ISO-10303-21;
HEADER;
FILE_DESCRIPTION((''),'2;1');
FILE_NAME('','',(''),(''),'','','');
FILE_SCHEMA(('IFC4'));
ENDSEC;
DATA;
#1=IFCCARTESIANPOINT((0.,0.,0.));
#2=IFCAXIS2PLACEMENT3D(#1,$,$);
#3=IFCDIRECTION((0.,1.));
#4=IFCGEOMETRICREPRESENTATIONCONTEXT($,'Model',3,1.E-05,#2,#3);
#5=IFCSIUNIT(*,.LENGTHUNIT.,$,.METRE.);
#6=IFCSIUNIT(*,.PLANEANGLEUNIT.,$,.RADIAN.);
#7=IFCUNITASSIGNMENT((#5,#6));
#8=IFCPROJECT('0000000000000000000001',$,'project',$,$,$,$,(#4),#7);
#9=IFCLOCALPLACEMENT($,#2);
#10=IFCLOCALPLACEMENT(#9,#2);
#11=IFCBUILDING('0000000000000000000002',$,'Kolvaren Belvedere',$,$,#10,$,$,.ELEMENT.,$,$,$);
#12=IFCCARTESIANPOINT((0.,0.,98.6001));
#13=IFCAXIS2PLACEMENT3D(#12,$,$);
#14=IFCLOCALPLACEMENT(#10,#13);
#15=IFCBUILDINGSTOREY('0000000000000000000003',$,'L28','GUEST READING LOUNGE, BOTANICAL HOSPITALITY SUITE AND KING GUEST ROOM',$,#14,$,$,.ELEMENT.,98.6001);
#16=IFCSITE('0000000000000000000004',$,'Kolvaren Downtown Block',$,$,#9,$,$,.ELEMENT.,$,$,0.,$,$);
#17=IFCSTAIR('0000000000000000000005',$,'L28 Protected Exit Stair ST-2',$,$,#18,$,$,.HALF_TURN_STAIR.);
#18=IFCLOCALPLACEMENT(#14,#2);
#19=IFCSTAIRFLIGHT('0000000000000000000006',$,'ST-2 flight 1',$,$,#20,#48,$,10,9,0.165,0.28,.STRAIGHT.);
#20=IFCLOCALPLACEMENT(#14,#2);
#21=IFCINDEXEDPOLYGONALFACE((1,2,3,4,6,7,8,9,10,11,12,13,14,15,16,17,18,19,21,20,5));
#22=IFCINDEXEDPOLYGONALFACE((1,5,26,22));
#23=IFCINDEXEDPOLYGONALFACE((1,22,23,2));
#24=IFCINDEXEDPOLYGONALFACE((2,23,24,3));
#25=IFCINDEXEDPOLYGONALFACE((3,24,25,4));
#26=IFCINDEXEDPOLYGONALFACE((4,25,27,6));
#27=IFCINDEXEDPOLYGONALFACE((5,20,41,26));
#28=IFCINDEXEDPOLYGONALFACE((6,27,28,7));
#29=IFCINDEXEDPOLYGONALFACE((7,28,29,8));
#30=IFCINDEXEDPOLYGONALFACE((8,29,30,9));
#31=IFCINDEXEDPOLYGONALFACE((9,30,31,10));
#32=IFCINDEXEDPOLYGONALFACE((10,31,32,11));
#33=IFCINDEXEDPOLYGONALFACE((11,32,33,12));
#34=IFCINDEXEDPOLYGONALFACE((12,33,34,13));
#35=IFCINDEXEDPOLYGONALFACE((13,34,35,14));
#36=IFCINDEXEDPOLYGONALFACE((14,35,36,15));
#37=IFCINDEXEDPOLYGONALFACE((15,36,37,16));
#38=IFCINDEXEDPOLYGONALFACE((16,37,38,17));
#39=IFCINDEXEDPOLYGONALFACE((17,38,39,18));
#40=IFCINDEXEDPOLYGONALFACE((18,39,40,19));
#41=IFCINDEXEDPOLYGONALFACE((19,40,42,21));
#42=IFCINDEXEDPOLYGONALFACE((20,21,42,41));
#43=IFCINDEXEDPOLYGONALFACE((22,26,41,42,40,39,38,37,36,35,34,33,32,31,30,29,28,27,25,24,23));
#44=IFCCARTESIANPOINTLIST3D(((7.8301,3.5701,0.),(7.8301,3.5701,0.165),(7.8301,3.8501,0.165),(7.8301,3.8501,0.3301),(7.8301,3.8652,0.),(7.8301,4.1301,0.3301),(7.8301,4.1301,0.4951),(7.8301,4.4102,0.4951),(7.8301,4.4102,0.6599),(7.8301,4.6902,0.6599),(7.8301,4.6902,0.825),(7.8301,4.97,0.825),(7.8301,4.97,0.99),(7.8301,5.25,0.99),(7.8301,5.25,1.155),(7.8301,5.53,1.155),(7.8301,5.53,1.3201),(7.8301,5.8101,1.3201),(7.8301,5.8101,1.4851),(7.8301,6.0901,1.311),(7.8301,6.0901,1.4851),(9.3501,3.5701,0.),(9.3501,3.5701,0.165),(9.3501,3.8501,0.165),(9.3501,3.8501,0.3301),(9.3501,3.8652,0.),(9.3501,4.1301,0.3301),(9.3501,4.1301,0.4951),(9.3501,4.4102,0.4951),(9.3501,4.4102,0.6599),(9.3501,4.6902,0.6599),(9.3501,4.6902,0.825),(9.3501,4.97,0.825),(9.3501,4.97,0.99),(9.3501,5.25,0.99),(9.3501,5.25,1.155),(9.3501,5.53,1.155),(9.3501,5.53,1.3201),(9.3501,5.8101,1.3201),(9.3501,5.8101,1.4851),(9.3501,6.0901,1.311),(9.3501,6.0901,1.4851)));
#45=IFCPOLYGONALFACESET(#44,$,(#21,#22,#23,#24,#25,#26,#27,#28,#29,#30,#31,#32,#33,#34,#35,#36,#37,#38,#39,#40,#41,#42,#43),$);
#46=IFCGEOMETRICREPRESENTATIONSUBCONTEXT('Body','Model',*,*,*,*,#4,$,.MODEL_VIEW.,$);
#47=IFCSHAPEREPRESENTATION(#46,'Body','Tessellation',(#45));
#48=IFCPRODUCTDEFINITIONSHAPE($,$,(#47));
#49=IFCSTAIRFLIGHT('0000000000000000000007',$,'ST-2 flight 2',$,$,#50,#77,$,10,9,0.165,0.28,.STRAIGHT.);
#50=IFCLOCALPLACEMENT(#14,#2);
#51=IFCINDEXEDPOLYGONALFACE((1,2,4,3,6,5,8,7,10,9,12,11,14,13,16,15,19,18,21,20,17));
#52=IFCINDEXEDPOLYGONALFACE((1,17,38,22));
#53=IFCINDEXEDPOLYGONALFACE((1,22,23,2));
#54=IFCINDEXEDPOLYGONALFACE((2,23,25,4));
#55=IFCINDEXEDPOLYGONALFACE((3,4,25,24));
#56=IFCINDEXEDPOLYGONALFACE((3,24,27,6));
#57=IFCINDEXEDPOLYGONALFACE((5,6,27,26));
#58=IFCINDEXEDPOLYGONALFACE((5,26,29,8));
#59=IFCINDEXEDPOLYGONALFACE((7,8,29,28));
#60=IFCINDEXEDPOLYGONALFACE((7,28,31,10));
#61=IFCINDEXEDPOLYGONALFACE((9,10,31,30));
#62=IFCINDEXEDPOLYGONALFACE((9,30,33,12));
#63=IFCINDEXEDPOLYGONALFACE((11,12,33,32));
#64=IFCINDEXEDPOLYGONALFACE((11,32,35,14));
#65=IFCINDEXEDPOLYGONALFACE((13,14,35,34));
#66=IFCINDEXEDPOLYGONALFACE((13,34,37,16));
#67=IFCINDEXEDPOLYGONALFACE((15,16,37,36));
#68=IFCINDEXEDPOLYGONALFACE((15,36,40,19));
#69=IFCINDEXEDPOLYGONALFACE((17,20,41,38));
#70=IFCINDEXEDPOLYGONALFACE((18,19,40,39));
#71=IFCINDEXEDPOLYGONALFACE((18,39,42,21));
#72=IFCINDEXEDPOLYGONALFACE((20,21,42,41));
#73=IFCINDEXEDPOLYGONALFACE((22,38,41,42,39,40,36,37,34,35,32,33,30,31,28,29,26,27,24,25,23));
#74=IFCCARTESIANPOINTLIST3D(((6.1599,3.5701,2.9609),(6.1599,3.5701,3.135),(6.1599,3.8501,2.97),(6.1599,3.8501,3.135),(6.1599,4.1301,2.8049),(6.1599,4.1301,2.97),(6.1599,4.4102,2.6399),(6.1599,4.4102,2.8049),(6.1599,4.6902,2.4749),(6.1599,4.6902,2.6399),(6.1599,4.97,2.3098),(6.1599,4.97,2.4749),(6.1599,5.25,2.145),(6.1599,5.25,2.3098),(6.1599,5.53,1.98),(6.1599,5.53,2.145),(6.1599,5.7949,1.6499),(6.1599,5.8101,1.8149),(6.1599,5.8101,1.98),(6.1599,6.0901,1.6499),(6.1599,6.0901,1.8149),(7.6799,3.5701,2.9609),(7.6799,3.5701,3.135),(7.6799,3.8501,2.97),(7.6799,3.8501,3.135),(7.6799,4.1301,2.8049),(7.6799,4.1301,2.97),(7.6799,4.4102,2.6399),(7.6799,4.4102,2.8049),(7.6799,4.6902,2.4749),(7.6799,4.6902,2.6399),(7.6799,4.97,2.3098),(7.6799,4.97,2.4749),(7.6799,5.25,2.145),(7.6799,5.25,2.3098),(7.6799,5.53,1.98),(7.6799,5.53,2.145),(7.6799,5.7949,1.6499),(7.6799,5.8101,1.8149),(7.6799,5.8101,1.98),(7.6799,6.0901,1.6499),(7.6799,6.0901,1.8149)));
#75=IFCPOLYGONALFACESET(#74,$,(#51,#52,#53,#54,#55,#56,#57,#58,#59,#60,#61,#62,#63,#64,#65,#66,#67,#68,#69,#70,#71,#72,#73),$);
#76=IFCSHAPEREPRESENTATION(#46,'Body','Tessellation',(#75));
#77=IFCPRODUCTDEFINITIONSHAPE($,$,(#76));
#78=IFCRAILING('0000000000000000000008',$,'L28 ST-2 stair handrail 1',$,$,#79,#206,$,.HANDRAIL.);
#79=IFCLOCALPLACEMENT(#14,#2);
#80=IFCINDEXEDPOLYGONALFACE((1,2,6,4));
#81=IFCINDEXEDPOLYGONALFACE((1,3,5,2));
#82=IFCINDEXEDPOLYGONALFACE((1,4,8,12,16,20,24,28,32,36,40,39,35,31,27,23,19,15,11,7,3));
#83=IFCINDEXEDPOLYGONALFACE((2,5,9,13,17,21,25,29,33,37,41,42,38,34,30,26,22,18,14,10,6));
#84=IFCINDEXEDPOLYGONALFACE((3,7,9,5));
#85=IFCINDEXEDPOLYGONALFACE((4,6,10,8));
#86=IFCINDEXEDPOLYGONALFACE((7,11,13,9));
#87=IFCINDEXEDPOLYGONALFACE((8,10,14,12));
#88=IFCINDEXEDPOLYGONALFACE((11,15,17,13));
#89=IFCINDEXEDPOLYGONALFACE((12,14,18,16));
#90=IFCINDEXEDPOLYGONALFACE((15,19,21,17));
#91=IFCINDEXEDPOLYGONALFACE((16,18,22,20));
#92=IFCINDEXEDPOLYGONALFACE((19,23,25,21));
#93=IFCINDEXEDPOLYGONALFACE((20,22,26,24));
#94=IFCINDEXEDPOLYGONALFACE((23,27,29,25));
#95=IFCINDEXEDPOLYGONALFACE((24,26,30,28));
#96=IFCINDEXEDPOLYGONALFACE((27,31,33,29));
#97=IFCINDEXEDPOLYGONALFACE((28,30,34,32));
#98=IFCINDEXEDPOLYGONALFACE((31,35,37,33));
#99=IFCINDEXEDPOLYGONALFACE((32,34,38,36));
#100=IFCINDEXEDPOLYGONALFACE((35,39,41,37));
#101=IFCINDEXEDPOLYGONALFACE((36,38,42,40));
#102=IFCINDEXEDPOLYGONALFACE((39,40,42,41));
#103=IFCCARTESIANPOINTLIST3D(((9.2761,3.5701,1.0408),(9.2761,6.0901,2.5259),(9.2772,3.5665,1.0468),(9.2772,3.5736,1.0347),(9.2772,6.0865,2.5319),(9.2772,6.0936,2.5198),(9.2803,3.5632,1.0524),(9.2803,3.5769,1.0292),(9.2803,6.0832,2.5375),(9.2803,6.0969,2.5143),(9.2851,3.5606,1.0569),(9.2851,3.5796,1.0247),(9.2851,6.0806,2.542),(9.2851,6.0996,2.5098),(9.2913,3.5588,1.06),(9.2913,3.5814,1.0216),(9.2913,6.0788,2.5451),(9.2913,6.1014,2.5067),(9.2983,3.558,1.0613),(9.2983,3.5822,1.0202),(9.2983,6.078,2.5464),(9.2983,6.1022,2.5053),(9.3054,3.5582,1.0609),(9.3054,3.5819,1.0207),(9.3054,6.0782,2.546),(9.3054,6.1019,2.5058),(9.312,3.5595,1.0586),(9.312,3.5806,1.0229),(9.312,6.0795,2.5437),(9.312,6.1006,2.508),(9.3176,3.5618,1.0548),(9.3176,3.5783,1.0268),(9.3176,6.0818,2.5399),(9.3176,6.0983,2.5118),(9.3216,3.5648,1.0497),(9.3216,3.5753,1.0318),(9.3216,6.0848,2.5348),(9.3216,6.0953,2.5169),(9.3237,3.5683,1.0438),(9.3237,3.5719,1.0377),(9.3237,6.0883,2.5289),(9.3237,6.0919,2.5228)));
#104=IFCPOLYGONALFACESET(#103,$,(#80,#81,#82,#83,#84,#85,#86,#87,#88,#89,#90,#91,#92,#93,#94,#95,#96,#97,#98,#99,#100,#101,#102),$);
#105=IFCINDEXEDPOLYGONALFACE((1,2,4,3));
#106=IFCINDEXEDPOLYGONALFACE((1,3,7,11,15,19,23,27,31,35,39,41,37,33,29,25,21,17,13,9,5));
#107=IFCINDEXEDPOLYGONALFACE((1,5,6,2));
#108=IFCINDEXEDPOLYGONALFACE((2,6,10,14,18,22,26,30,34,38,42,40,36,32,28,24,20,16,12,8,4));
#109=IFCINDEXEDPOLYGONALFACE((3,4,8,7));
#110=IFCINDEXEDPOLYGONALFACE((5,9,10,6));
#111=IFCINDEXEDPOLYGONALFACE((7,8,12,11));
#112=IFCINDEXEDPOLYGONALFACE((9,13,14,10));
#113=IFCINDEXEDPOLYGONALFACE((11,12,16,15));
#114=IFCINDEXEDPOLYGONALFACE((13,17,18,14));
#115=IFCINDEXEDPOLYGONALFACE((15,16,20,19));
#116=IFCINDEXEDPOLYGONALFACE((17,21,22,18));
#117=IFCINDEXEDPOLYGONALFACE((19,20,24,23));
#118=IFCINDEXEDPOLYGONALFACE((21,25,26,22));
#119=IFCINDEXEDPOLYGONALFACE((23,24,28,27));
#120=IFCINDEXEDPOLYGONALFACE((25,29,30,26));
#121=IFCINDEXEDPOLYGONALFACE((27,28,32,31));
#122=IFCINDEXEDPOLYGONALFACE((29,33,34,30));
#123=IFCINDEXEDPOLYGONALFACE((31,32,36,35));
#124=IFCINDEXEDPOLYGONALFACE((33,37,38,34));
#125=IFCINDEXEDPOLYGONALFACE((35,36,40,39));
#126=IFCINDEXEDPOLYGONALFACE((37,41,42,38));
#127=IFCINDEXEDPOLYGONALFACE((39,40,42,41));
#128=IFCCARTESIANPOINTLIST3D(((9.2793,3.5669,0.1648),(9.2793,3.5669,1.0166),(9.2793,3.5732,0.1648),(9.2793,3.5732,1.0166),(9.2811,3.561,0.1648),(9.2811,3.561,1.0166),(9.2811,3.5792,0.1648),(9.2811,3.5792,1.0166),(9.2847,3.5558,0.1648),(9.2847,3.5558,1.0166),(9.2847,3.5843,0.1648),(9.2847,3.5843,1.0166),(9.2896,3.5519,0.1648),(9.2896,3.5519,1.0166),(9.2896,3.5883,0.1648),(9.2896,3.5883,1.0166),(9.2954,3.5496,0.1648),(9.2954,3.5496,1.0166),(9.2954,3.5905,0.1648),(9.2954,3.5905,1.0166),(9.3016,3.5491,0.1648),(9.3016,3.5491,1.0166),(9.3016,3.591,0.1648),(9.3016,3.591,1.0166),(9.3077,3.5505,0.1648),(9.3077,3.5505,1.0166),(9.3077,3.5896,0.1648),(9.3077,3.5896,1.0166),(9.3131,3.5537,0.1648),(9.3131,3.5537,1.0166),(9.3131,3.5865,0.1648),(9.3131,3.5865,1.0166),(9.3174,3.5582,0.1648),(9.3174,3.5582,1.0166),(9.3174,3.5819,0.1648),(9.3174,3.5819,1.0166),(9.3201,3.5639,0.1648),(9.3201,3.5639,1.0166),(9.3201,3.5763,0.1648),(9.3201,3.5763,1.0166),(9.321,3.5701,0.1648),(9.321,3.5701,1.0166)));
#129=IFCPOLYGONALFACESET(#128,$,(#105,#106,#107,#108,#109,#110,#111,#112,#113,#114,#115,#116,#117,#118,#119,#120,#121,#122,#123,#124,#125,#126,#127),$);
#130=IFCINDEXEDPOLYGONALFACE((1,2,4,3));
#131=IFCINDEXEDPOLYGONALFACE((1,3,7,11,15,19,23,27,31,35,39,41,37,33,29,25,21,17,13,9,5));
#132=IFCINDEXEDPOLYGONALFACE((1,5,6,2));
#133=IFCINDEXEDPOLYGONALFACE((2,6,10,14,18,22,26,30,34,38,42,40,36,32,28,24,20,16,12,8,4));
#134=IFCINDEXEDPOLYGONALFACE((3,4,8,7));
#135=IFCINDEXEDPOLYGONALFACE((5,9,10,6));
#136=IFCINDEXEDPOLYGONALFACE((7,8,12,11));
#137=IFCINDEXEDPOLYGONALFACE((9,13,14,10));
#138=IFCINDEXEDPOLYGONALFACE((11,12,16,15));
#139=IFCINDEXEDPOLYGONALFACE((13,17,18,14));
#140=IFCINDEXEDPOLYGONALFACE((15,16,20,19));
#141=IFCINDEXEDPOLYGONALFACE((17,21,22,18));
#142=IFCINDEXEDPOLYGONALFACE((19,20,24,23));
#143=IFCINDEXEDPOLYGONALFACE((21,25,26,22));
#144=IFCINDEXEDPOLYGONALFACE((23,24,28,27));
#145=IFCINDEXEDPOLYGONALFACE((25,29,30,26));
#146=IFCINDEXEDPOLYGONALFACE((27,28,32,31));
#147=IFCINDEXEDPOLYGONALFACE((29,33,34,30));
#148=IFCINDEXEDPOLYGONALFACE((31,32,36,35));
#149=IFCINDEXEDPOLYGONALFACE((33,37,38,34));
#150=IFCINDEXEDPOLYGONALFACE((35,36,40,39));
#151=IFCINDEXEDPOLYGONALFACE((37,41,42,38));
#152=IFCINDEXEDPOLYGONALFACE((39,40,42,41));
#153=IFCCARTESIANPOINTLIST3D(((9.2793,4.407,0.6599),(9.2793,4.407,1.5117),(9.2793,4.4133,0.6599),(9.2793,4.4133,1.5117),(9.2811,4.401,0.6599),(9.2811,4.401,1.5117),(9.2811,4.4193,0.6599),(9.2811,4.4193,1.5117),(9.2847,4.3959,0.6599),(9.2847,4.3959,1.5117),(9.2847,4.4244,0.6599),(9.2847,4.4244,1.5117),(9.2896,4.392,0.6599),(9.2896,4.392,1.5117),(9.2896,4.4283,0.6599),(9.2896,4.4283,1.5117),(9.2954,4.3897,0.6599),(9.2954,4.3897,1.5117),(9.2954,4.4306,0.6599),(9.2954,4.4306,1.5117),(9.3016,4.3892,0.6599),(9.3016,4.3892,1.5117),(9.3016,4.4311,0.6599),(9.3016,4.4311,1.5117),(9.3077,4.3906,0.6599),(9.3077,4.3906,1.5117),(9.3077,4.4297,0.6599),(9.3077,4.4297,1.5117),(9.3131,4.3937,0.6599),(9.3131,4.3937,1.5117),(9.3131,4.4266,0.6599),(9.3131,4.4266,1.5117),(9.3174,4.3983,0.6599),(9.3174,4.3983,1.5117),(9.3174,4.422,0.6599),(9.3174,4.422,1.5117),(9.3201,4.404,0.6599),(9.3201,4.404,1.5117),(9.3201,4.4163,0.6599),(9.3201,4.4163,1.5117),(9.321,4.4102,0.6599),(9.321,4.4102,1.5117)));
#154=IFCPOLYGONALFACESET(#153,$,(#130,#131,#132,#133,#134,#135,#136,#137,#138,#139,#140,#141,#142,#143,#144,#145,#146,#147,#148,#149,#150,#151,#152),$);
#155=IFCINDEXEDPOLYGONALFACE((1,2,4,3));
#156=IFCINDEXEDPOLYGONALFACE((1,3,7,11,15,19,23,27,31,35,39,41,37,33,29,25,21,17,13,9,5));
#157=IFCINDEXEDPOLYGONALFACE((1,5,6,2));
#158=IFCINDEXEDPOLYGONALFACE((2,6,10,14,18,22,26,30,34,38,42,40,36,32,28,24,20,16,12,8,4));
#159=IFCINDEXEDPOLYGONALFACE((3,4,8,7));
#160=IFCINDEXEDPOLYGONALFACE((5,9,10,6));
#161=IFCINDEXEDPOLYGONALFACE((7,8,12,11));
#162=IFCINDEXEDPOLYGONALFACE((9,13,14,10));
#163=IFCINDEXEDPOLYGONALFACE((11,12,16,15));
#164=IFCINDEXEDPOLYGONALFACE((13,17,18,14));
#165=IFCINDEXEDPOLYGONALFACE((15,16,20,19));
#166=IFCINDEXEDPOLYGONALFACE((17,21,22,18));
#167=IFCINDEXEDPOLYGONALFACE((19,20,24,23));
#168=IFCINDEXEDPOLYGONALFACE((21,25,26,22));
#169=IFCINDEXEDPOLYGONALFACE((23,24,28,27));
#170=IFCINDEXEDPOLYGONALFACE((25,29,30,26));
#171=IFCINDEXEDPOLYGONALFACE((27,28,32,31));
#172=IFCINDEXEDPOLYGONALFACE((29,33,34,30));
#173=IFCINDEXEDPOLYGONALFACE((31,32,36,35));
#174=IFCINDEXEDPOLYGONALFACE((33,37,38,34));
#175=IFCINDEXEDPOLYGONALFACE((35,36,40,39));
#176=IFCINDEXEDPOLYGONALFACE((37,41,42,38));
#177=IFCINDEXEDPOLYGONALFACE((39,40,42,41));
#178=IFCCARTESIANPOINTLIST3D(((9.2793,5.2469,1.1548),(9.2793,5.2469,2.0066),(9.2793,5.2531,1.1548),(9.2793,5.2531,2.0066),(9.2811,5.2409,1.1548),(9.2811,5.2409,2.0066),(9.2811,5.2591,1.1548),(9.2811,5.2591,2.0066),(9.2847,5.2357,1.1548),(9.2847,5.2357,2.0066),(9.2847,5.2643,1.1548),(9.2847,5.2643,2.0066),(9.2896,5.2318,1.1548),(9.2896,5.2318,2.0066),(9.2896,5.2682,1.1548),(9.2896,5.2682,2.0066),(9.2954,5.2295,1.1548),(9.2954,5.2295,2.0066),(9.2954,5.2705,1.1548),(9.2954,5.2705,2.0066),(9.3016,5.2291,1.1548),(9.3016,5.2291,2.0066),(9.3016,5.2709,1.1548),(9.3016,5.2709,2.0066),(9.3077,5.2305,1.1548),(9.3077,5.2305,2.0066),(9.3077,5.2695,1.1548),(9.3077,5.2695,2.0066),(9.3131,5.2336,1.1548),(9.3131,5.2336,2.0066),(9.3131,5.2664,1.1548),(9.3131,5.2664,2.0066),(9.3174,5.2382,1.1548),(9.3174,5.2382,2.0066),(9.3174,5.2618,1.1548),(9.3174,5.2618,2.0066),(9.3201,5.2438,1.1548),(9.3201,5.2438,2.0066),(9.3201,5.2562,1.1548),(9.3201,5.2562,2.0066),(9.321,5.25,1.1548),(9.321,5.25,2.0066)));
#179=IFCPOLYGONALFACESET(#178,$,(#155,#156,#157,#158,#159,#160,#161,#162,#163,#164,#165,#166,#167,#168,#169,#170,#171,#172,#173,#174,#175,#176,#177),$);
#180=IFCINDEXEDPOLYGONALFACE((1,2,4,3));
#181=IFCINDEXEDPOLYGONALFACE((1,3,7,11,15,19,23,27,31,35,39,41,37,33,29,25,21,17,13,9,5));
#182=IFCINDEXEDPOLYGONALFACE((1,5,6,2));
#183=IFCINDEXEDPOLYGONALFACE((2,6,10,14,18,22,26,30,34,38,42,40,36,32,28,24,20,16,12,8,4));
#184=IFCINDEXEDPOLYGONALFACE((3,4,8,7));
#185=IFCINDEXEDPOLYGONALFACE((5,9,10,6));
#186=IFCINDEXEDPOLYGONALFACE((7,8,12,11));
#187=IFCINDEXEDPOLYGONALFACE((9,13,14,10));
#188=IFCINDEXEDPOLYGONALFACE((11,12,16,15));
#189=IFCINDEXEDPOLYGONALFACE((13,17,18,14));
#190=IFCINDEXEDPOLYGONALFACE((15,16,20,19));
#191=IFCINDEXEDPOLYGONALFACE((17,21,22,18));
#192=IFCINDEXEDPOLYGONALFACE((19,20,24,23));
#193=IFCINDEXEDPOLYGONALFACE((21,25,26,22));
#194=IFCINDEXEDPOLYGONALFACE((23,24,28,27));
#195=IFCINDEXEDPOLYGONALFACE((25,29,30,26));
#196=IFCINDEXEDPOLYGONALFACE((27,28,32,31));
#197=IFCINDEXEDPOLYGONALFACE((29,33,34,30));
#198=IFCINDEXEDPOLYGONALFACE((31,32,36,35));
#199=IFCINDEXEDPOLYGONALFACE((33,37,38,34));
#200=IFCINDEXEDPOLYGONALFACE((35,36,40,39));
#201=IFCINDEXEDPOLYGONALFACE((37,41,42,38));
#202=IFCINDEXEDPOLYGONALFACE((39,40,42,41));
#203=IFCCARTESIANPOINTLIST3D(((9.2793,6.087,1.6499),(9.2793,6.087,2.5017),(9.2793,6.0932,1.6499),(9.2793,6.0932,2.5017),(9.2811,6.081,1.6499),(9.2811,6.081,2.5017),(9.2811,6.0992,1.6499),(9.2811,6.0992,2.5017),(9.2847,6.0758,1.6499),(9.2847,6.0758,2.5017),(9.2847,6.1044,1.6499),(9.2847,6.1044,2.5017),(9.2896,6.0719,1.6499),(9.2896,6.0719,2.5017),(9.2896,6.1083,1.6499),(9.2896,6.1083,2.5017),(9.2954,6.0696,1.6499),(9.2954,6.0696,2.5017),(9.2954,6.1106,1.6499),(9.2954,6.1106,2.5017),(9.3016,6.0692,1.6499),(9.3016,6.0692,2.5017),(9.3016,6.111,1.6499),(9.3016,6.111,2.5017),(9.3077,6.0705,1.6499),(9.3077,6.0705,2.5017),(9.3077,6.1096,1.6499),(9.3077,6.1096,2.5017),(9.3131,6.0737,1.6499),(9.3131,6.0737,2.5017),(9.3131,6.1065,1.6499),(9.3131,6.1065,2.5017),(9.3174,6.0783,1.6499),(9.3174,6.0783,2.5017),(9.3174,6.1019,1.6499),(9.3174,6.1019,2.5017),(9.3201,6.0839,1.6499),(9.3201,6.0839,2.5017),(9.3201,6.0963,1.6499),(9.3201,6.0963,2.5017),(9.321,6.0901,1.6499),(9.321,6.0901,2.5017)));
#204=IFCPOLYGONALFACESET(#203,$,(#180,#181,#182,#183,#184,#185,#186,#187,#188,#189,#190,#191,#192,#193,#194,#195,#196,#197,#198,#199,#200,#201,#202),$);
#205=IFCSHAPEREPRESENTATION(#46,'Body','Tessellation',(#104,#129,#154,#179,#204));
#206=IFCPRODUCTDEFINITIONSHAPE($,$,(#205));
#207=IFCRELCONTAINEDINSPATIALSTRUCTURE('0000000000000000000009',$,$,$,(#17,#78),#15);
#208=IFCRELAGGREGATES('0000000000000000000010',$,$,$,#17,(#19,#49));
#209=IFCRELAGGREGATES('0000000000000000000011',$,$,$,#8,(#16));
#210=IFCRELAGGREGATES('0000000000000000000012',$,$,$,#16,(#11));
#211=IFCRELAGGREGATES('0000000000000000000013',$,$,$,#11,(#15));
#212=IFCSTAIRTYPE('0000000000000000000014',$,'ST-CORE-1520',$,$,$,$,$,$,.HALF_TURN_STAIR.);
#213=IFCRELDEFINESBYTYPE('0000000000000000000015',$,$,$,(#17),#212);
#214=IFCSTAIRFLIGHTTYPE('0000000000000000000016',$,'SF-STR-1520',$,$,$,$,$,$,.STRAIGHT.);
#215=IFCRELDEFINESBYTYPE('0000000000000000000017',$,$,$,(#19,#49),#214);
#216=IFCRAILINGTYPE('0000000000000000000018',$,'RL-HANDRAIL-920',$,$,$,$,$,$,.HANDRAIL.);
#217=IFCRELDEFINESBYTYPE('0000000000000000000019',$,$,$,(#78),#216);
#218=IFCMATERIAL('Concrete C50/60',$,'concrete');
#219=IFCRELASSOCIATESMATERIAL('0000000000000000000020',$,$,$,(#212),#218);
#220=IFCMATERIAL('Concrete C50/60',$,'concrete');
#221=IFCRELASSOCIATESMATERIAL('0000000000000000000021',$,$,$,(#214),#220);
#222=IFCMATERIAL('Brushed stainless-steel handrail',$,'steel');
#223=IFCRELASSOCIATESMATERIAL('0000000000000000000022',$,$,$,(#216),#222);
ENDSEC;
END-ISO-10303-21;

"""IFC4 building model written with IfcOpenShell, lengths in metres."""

from ifc_helpers import new_model, si_unit, direction, frame, origin, origin_2d, place, context, subcontext, project, spatial, polyline, circle, outline, extrude, material, type_object, element, aggregate, save


model = new_model("IFC4")

# Units and contexts
model_context = context("Model", 3, precision=1e-05, world=origin(), true_north=direction((0.0, 1.0)))
body_context = subcontext(model_context, "Body", "Model", "MODEL_VIEW")
ifc_project = project(units=[si_unit("LENGTHUNIT", "METRE"), si_unit("PLANEANGLEUNIT", "RADIAN")], contexts=[model_context])

# Site, building, storey
site_placement = place(None, origin())
site = spatial("IfcSite", under=ifc_project, at=site_placement, Name="Kolvaren Downtown Block", CompositionType="ELEMENT", RefElevation=0.0)
building_placement = place(site_placement, origin())
building = spatial("IfcBuilding", under=site, at=building_placement, Name="Kolvaren Belvedere", CompositionType="ELEMENT")
storey_placement = place(building_placement, frame((0.0, 0.0, 98.6001)))
storey = spatial("IfcBuildingStorey", under=building, at=storey_placement, Name="L28", Description="GUEST READING LOUNGE, BOTANICAL HOSPITALITY SUITE AND KING GUEST ROOM", CompositionType="ELEMENT", Elevation=98.6001)

# Stair, stair flights
ifc_material_1 = material(Name="Concrete C50/60", Category="concrete")
stair_type = type_object("IfcStairType", Name="ST-CORE-1520", PredefinedType="HALF_TURN_STAIR", material=ifc_material_1)
stair_placement = place(storey_placement, origin())
stair = element("IfcStair", 1, at=stair_placement, inside=storey, type_object=stair_type, Name="L28 Protected Exit Stair ST-2", PredefinedType="HALF_TURN_STAIR")
ifc_material_2 = material(Name="Concrete C50/60", Category="concrete")
stair_flight_type = type_object("IfcStairFlightType", Name="SF-STR-1520", PredefinedType="STRAIGHT", material=ifc_material_2)
stair_flight_1_placement = place(storey_placement, frame((8.5901, 3.5701, 0.0), z_axis=(0.0, 0.0, 1.0), x_axis=(0.0, 1.0, 0.0)))
stair_flight_1 = element("IfcStairFlight", 2, at=stair_flight_1_placement, type_object=stair_flight_type, Name="ST-2 flight 1", NumberOfRisers=10, NumberOfTreads=9, PredefinedType="STRAIGHT", RiserHeight=0.165, TreadLength=0.28, context=body_context, shape_type="SweptSolid", body=[
    extrude(outline(polyline([(0.0, 0.0), (0.0, 0.165), (0.28, 0.165), (0.28, 0.3301), (0.5601, 0.3301), (0.5601, 0.4951), (0.8401, 0.4951), (0.8401, 0.6599), (1.1201, 0.6599), (1.1201, 0.825), (1.3999, 0.825), (1.3999, 0.99), (1.6799, 0.99), (1.6799, 1.155), (1.96, 1.155), (1.96, 1.3201), (2.24, 1.3201), (2.24, 1.4851), (2.52, 1.4851), (2.52, 1.6499), (2.52, 1.311), (0.2952, 0.0), (0.0, 0.0)])), frame((0.0, 0.76, 0.0), z_axis=(0.0, -1.0, 0.0), x_axis=(1.0, 0.0, 0.0)), (0.0, 0.0, 1.0), 1.52),
])
stair_flight_2_placement = place(storey_placement, frame((6.9199, 6.0901, 1.6499), z_axis=(0.0, 0.0, 1.0), x_axis=(0.0, -1.0, 0.0)))
stair_flight_2 = element("IfcStairFlight", 3, at=stair_flight_2_placement, type_object=stair_flight_type, Name="ST-2 flight 2", NumberOfRisers=10, NumberOfTreads=9, PredefinedType="STRAIGHT", RiserHeight=0.165, TreadLength=0.28, context=body_context, shape_type="SweptSolid", body=[
    extrude(outline(polyline([(0.0, 0.0), (0.0, 0.165), (0.28, 0.165), (0.28, 0.3301), (0.5601, 0.3301), (0.5601, 0.4951), (0.8401, 0.4951), (0.8401, 0.6599), (1.1201, 0.6599), (1.1201, 0.825), (1.3999, 0.825), (1.3999, 0.99), (1.6799, 0.99), (1.6799, 1.155), (1.96, 1.155), (1.96, 1.3201), (2.24, 1.3201), (2.24, 1.4851), (2.52, 1.4851), (2.52, 1.6499), (2.52, 1.311), (0.2952, 0.0), (0.0, 0.0)])), frame((0.0, 0.76, 0.0), z_axis=(0.0, -1.0, 0.0), x_axis=(1.0, 0.0, 0.0)), (0.0, 0.0, 1.0), 1.52),
])
aggregate(stair, [stair_flight_1, stair_flight_2])

# Railing
ifc_material_3 = material(Name="Brushed stainless-steel handrail", Category="steel")
railing_type_1 = type_object("IfcRailingType", Name="RL-HANDRAIL-920", PredefinedType="HANDRAIL", material=ifc_material_3)
railing_1_placement = place(storey_placement, frame((9.3, 3.5701, 0.1648)))
element("IfcRailing", 4, at=railing_1_placement, inside=storey, type_object=railing_type_1, Name="L28 ST-2 stair handrail 1", PredefinedType="HANDRAIL", context=body_context, shape_type="SweptSolid", body=[
    extrude(circle(Radius=0.0239, at=origin_2d()), frame((0.0, 0.0, 0.876), z_axis=(0.0, 0.861524, 0.507717), x_axis=(-1.0, 0.0, 0.0)), (0.0, 0.0, 1.0), 2.925),
    extrude(circle(Radius=0.021, at=origin_2d()), origin(), (0.0, 0.0, 1.0), 0.8518),
    extrude(circle(Radius=0.021, at=origin_2d()), frame((0.0, 0.8401, 0.4951)), (0.0, 0.0, 1.0), 0.8518),
    extrude(circle(Radius=0.021, at=origin_2d()), frame((0.0, 1.6799, 0.99)), (0.0, 0.0, 1.0), 0.8518),
    extrude(circle(Radius=0.021, at=origin_2d()), frame((0.0, 2.52, 1.4851)), (0.0, 0.0, 1.0), 0.8518),
])

save(model, "model.ifc")
